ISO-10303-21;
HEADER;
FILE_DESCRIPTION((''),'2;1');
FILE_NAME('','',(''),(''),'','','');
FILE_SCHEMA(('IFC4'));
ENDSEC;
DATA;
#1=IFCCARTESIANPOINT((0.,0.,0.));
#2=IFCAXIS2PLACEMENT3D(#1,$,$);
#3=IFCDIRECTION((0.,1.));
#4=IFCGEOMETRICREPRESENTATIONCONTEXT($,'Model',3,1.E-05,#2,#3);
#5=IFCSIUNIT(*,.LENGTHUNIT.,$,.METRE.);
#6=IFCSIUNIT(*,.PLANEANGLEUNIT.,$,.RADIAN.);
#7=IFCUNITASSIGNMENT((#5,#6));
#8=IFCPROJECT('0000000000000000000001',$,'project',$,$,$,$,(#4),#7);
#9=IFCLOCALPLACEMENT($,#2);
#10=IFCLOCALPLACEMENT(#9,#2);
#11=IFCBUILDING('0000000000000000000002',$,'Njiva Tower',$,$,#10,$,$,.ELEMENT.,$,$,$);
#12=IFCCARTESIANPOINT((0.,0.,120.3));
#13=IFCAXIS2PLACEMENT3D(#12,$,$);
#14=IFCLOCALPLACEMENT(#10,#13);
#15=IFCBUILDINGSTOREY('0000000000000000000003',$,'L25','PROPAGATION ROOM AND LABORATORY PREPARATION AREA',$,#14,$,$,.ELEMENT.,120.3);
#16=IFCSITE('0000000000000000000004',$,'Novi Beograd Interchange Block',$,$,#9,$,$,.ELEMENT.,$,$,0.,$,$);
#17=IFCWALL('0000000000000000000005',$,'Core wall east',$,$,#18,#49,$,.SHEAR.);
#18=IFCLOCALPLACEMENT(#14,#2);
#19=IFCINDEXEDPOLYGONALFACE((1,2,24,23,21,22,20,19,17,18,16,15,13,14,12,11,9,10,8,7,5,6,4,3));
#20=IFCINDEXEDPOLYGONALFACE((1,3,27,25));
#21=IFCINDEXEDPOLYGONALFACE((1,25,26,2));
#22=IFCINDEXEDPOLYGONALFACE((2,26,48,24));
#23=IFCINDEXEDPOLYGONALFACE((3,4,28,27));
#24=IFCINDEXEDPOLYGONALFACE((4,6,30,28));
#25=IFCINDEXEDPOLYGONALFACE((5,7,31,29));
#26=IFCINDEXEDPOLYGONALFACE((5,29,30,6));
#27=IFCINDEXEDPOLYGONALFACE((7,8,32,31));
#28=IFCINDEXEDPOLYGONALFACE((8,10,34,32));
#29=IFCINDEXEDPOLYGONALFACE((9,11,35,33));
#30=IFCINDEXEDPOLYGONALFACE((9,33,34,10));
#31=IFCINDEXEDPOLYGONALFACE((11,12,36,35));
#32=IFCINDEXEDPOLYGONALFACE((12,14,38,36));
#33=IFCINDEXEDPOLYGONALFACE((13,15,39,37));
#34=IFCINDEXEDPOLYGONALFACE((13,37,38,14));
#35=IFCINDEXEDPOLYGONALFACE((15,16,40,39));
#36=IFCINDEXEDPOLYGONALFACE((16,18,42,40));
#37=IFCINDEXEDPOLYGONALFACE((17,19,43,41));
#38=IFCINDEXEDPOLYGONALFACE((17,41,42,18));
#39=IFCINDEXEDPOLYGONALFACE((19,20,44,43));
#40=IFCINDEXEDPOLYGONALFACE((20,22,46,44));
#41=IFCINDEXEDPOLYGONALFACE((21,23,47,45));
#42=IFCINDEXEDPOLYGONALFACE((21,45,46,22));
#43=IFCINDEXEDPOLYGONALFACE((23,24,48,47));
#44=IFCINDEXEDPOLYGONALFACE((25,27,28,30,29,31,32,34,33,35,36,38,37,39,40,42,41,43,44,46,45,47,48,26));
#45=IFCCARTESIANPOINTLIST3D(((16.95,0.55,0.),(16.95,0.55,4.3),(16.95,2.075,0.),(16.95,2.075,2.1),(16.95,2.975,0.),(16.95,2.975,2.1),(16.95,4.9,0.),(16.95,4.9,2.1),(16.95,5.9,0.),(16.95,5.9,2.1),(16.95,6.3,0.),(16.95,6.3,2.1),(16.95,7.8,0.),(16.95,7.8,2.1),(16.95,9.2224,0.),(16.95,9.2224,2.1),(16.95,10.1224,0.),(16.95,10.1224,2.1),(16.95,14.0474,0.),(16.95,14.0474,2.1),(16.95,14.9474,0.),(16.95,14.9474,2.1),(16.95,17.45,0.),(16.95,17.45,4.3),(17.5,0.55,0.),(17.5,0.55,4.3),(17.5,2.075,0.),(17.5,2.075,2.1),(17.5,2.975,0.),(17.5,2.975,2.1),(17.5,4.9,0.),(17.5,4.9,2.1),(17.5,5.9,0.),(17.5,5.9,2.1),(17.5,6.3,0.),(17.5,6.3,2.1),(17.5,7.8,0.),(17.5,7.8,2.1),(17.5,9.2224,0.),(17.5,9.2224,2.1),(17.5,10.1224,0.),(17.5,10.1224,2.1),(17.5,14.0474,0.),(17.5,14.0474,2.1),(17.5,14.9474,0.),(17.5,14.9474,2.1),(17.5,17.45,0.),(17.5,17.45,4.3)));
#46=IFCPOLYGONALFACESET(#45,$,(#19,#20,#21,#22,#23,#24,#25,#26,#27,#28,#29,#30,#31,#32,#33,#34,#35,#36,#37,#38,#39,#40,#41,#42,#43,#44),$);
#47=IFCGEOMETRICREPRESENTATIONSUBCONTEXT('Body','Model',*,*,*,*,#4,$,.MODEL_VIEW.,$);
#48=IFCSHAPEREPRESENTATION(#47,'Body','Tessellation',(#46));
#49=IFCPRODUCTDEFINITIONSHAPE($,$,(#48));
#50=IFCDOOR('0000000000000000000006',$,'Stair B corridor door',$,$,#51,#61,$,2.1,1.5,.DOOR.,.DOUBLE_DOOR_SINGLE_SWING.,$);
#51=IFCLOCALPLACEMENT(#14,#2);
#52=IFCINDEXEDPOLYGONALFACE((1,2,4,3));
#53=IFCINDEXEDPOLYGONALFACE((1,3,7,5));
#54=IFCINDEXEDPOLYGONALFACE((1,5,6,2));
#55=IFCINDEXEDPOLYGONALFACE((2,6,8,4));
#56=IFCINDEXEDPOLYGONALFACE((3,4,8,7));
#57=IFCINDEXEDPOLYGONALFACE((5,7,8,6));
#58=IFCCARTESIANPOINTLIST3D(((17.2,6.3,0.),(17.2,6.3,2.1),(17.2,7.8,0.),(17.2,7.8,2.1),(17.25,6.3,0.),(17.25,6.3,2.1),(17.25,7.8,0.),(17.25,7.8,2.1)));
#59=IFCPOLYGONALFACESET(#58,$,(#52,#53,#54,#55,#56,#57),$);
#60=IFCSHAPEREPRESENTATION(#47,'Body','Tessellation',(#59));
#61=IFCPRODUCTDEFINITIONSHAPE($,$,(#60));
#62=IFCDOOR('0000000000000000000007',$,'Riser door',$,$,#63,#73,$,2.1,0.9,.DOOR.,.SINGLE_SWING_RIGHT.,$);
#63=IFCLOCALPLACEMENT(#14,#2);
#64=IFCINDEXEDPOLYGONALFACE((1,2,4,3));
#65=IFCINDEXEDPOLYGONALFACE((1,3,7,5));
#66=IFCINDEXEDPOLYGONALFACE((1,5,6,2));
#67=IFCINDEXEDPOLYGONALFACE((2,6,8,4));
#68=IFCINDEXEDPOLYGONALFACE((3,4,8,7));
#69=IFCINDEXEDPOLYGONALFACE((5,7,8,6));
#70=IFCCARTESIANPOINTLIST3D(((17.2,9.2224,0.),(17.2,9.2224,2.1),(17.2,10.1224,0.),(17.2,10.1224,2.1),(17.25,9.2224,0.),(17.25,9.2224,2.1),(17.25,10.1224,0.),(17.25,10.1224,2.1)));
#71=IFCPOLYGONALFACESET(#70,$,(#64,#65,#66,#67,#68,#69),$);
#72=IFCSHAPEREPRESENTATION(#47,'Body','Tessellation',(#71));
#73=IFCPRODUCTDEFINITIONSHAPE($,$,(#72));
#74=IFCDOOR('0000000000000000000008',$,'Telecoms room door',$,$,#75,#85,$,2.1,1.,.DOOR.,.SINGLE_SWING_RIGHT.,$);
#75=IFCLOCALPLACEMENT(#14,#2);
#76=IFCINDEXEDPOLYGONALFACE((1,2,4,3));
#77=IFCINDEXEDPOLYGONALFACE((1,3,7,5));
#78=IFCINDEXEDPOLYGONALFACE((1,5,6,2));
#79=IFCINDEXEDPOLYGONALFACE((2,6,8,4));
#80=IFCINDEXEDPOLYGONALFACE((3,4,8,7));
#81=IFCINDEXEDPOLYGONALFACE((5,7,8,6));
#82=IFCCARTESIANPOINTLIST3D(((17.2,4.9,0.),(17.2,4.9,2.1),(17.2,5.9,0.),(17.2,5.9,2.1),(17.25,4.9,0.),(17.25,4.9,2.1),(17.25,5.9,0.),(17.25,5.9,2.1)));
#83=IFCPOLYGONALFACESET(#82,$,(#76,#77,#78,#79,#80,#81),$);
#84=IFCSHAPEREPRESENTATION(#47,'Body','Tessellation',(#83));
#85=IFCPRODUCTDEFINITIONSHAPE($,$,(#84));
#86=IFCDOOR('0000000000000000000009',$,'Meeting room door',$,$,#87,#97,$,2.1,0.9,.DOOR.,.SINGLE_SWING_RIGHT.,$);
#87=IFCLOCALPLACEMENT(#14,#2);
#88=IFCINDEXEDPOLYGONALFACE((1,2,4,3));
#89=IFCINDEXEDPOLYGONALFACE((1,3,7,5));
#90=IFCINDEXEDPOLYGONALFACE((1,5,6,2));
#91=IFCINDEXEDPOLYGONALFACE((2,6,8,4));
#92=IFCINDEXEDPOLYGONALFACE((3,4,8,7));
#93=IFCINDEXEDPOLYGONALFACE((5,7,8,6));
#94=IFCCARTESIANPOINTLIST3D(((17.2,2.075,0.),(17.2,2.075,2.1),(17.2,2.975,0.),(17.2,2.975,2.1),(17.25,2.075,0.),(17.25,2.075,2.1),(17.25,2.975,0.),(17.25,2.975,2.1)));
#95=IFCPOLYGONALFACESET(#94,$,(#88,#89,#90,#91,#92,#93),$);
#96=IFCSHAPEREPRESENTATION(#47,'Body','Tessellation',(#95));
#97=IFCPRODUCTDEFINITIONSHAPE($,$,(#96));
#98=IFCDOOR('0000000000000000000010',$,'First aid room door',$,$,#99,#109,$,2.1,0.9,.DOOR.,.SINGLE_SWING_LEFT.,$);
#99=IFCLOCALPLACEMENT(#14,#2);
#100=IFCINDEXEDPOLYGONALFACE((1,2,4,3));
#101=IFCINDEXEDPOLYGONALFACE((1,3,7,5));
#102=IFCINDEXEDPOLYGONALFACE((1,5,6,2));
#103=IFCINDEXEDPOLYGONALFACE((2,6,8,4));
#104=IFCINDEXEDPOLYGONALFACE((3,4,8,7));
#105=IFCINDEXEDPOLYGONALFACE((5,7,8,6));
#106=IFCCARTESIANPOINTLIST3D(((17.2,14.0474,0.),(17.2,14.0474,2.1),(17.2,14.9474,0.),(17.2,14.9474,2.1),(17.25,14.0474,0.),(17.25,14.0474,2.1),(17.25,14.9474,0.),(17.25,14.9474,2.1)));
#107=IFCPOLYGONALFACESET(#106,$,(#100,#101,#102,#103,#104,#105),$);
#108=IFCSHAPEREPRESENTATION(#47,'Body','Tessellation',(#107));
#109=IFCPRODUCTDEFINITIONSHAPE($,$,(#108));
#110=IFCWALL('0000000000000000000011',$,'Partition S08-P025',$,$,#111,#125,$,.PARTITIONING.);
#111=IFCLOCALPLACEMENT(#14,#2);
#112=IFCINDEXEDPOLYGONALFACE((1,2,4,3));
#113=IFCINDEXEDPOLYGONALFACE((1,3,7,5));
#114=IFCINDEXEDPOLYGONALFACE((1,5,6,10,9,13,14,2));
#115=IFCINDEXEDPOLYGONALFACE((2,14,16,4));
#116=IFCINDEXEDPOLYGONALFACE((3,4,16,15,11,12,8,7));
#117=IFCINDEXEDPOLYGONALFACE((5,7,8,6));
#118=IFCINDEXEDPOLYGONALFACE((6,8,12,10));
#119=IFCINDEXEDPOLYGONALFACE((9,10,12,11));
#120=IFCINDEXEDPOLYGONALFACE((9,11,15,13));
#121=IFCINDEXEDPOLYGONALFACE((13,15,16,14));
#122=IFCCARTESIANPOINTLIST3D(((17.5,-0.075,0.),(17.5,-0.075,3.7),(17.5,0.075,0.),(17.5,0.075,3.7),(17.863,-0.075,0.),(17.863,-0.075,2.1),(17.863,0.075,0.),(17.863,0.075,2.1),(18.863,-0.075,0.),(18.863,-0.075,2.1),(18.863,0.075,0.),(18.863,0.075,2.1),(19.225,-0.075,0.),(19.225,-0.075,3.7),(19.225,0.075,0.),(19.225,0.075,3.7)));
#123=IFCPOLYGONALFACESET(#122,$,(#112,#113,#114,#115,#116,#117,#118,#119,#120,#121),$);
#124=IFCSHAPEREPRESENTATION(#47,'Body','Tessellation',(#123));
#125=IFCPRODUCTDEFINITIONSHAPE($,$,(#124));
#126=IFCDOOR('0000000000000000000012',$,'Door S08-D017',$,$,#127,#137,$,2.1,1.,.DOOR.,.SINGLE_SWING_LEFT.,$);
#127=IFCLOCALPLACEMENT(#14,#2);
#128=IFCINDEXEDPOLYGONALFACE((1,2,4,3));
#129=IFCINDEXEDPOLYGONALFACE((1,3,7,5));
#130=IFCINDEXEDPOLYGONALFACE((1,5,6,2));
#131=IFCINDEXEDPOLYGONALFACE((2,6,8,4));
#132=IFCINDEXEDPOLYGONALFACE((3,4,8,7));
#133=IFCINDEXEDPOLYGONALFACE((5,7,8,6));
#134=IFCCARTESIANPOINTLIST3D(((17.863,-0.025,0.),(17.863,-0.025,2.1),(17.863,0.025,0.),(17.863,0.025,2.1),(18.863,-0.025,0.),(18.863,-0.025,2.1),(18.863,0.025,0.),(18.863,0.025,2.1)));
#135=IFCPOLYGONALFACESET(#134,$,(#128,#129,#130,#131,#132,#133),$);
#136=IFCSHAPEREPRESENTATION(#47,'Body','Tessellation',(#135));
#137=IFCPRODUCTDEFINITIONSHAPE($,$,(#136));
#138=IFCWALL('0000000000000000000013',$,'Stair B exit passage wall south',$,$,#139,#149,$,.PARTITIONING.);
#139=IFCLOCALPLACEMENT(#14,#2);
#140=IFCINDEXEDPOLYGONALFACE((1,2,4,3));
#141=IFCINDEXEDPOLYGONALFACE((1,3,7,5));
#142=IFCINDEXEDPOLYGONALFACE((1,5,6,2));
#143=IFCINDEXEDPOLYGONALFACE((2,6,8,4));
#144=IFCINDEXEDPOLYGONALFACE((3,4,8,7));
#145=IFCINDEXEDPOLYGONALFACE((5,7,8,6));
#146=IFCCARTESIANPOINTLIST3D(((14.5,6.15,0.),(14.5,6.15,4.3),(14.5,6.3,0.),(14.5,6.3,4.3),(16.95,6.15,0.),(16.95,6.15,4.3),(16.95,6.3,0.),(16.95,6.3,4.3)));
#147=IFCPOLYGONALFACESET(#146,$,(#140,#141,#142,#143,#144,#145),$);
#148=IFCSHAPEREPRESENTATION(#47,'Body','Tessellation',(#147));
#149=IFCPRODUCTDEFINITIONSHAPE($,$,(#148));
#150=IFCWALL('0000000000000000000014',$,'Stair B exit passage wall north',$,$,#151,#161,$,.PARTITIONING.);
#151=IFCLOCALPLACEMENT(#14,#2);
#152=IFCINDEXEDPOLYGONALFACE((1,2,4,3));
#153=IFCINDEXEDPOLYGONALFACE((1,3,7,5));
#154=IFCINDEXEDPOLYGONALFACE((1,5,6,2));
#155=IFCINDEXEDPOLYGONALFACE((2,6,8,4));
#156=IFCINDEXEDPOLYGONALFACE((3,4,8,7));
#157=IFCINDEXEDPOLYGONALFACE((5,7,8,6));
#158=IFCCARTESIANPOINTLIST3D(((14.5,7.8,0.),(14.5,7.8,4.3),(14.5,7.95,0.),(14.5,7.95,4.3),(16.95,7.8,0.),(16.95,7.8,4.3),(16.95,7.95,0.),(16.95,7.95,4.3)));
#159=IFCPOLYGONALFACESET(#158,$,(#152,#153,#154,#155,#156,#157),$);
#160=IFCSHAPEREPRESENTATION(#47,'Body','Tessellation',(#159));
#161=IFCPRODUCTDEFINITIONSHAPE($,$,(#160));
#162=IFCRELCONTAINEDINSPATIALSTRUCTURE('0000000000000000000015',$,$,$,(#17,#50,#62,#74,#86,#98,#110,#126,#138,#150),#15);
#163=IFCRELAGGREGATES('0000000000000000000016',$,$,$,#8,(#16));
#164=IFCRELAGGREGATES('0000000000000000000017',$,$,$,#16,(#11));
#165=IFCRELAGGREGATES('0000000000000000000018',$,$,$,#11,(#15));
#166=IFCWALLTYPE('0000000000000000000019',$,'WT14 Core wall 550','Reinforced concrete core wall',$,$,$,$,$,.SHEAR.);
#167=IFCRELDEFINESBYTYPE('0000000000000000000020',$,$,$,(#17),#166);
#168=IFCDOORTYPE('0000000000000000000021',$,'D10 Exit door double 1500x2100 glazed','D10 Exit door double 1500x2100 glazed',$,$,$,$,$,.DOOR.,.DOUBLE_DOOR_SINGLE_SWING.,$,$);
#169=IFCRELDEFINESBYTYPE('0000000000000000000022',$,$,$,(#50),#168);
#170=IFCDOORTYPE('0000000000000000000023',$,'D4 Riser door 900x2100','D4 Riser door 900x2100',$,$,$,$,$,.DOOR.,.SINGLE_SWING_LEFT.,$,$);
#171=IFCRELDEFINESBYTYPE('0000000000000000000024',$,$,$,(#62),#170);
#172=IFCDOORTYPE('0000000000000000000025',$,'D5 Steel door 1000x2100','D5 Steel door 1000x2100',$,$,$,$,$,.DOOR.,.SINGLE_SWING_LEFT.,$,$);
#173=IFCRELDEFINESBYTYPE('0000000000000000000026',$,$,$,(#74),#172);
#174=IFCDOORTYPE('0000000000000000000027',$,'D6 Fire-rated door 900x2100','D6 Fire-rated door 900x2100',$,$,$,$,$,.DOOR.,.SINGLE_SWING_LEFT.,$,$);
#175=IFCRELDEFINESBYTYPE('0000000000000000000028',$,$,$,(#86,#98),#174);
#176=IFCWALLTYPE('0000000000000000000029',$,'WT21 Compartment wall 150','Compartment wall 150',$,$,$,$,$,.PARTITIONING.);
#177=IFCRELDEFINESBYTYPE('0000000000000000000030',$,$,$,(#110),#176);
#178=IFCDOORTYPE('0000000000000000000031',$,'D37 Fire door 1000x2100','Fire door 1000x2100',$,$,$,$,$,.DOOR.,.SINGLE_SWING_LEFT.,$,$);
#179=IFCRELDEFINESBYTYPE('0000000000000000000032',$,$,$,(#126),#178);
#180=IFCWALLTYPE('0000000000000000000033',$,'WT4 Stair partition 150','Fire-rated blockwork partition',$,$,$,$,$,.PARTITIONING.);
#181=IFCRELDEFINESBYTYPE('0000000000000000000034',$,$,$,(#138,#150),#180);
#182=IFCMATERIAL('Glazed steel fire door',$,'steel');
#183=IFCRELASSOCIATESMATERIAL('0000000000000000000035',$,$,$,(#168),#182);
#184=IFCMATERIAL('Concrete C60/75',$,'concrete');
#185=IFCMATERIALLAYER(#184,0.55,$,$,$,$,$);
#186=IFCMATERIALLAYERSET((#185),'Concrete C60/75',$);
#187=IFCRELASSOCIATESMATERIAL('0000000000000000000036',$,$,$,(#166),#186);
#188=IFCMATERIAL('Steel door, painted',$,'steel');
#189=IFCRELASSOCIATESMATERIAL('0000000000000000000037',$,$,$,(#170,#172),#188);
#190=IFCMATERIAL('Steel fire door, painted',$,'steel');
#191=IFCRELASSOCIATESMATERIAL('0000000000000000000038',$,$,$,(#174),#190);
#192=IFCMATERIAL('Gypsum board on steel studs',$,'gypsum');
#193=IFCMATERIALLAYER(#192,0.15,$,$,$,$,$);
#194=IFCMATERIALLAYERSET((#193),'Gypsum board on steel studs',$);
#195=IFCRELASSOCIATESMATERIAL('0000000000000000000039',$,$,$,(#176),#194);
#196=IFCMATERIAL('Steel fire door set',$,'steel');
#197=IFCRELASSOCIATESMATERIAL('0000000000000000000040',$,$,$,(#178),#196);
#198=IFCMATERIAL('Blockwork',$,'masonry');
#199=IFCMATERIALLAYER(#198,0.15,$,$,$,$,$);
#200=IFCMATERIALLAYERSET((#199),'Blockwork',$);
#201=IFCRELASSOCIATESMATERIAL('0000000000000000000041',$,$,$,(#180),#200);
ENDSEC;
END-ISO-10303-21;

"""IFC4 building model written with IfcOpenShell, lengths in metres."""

from ifc_helpers import new_model, si_unit, direction, frame, frame_2d, origin, place, context, subcontext, project, spatial, rectangle, extrude, material, layer, layer_set, type_object, element, fill, save


model = new_model("IFC4")

# Units and contexts
model_context = context("Model", 3, precision=1e-05, world=origin(), true_north=direction((0.0, 1.0)))
body_context = subcontext(model_context, "Body", "Model", "MODEL_VIEW")
ifc_project = project(units=[si_unit("LENGTHUNIT", "METRE"), si_unit("PLANEANGLEUNIT", "RADIAN")], contexts=[model_context])

# Site, building, storey
site_placement = place(None, origin())
site = spatial("IfcSite", under=ifc_project, at=site_placement, Name="Novi Beograd Interchange Block", CompositionType="ELEMENT", RefElevation=0.0)
building_placement = place(site_placement, origin())
building = spatial("IfcBuilding", under=site, at=building_placement, Name="Njiva Tower", CompositionType="ELEMENT")
storey_placement = place(building_placement, frame((0.0, 0.0, 120.3)))
storey = spatial("IfcBuildingStorey", under=building, at=storey_placement, Name="L25", Description="PROPAGATION ROOM AND LABORATORY PREPARATION AREA", CompositionType="ELEMENT", Elevation=120.3)

# Shared definitions
ifc_material_1 = material(Name="Blockwork", Category="masonry")

# Shared definitions
ifc_material_2 = material(Name="Glazed steel fire door", Category="steel")
door_type_1 = type_object("IfcDoorType", Name="D10 Exit door double 1500x2100 glazed", Description="D10 Exit door double 1500x2100 glazed", OperationType="DOUBLE_DOOR_SINGLE_SWING", PredefinedType="DOOR", material=ifc_material_2)

# Wall, openings, doors
ifc_material_3 = material(Name="Concrete C60/75", Category="concrete")
ifc_layer_1 = layer(ifc_material_3, 0.55)
ifc_layer_set_1 = layer_set([ifc_layer_1], Name="Concrete C60/75")
wall_type_1 = type_object("IfcWallType", Name="WT14 Core wall 550", Description="Reinforced concrete core wall", PredefinedType="SHEAR", material=ifc_layer_set_1)
wall_1_placement = place(storey_placement, frame((17.225, 0.55, 0.0), z_axis=(0.0, 0.0, 1.0), x_axis=(0.0, 1.0, 0.0)))
wall_1 = element("IfcWall", 1, at=wall_1_placement, inside=storey, type_object=wall_type_1, Name="Core wall east", PredefinedType="SHEAR", context=body_context, shape_type="SweptSolid", body=[
    extrude(rectangle(XDim=16.9, YDim=0.55, at=frame_2d((8.45, 0.0))), origin(), (0.0, 0.0, 1.0), 4.3),
])
opening_1_placement = place(wall_1_placement, frame((5.75, 0.0, 0.0)))
opening_1 = element("IfcOpeningElement", 2, at=opening_1_placement, cuts=wall_1, PredefinedType="OPENING", context=body_context, shape_type="SweptSolid", body=[
    extrude(rectangle(XDim=1.5, YDim=2.1, at=frame_2d((0.75, 1.05))), frame((0.0, 0.285, 0.0), z_axis=(0.0, -1.0, 0.0), x_axis=(1.0, 0.0, 0.0)), (0.0, 0.0, 1.0), 0.57),
])
opening_2_placement = place(wall_1_placement, frame((1.525, 0.0, 0.0)))
opening_2 = element("IfcOpeningElement", 3, at=opening_2_placement, cuts=wall_1, PredefinedType="OPENING", context=body_context, shape_type="SweptSolid", body=[
    extrude(rectangle(XDim=0.9, YDim=2.1, at=frame_2d((0.45, 1.05))), frame((0.0, 0.285, 0.0), z_axis=(0.0, -1.0, 0.0), x_axis=(1.0, 0.0, 0.0)), (0.0, 0.0, 1.0), 0.57),
])
opening_3_placement = place(wall_1_placement, frame((4.35, 0.0, 0.0)))
opening_3 = element("IfcOpeningElement", 4, at=opening_3_placement, cuts=wall_1, PredefinedType="OPENING", context=body_context, shape_type="SweptSolid", body=[
    extrude(rectangle(XDim=1.0, YDim=2.1, at=frame_2d((0.5, 1.05))), frame((0.0, 0.285, 0.0), z_axis=(0.0, -1.0, 0.0), x_axis=(1.0, 0.0, 0.0)), (0.0, 0.0, 1.0), 0.57),
])
opening_4_placement = place(wall_1_placement, frame((8.6724, 0.0, 0.0)))
opening_4 = element("IfcOpeningElement", 5, at=opening_4_placement, cuts=wall_1, PredefinedType="OPENING", context=body_context, shape_type="SweptSolid", body=[
    extrude(rectangle(XDim=0.9, YDim=2.1, at=frame_2d((0.45, 1.05))), frame((0.0, 0.285, 0.0), z_axis=(0.0, -1.0, 0.0), x_axis=(1.0, 0.0, 0.0)), (0.0, 0.0, 1.0), 0.57),
])
opening_5_placement = place(wall_1_placement, frame((13.4974, 0.0, 0.0)))
opening_5 = element("IfcOpeningElement", 6, at=opening_5_placement, cuts=wall_1, PredefinedType="OPENING", context=body_context, shape_type="SweptSolid", body=[
    extrude(rectangle(XDim=0.9, YDim=2.1, at=frame_2d((0.45, 1.05))), frame((0.0, 0.285, 0.0), z_axis=(0.0, -1.0, 0.0), x_axis=(1.0, 0.0, 0.0)), (0.0, 0.0, 1.0), 0.57),
])
door_1_placement = place(opening_1_placement, origin())
door_1 = element("IfcDoor", 7, at=door_1_placement, inside=storey, type_object=door_type_1, Name="Stair B corridor door", OperationType="DOUBLE_DOOR_SINGLE_SWING", OverallHeight=2.1, OverallWidth=1.5, PredefinedType="DOOR", context=body_context, shape_type="SweptSolid", body=[
    extrude(rectangle(XDim=1.5, YDim=2.1, at=frame_2d((0.75, 1.05))), frame((0.0, 0.025, 0.0), z_axis=(0.0, -1.0, 0.0), x_axis=(1.0, 0.0, 0.0)), (0.0, 0.0, 1.0), 0.05),
])
fill(opening_1, door_1)
ifc_material_4 = material(Name="Steel door, painted", Category="steel")
door_type_2 = type_object("IfcDoorType", Name="D4 Riser door 900x2100", Description="D4 Riser door 900x2100", OperationType="SINGLE_SWING_LEFT", PredefinedType="DOOR", material=ifc_material_4)
door_2_placement = place(opening_4_placement, origin())
door_2 = element("IfcDoor", 8, at=door_2_placement, inside=storey, type_object=door_type_2, Name="Riser door", OperationType="SINGLE_SWING_RIGHT", OverallHeight=2.1, OverallWidth=0.9, PredefinedType="DOOR", context=body_context, shape_type="SweptSolid", body=[
    extrude(rectangle(XDim=0.9, YDim=2.1, at=frame_2d((0.45, 1.05))), frame((0.0, 0.025, 0.0), z_axis=(0.0, -1.0, 0.0), x_axis=(1.0, 0.0, 0.0)), (0.0, 0.0, 1.0), 0.05),
])
fill(opening_4, door_2)
door_type_3 = type_object("IfcDoorType", Name="D5 Steel door 1000x2100", Description="D5 Steel door 1000x2100", OperationType="SINGLE_SWING_LEFT", PredefinedType="DOOR", material=ifc_material_4)
door_3_placement = place(opening_3_placement, origin())
door_3 = element("IfcDoor", 9, at=door_3_placement, inside=storey, type_object=door_type_3, Name="Telecoms room door", OperationType="SINGLE_SWING_RIGHT", OverallHeight=2.1, OverallWidth=1.0, PredefinedType="DOOR", context=body_context, shape_type="SweptSolid", body=[
    extrude(rectangle(XDim=1.0, YDim=2.1, at=frame_2d((0.5, 1.05))), frame((0.0, 0.025, 0.0), z_axis=(0.0, -1.0, 0.0), x_axis=(1.0, 0.0, 0.0)), (0.0, 0.0, 1.0), 0.05),
])
fill(opening_3, door_3)
ifc_material_5 = material(Name="Steel fire door, painted", Category="steel")
door_type_4 = type_object("IfcDoorType", Name="D6 Fire-rated door 900x2100", Description="D6 Fire-rated door 900x2100", OperationType="SINGLE_SWING_LEFT", PredefinedType="DOOR", material=ifc_material_5)
door_4_placement = place(opening_2_placement, origin())
door_4 = element("IfcDoor", 10, at=door_4_placement, inside=storey, type_object=door_type_4, Name="Meeting room door", OperationType="SINGLE_SWING_RIGHT", OverallHeight=2.1, OverallWidth=0.9, PredefinedType="DOOR", context=body_context, shape_type="SweptSolid", body=[
    extrude(rectangle(XDim=0.9, YDim=2.1, at=frame_2d((0.45, 1.05))), frame((0.0, 0.025, 0.0), z_axis=(0.0, -1.0, 0.0), x_axis=(1.0, 0.0, 0.0)), (0.0, 0.0, 1.0), 0.05),
])
fill(opening_2, door_4)
door_5_placement = place(opening_5_placement, origin())
door_5 = element("IfcDoor", 11, at=door_5_placement, inside=storey, type_object=door_type_4, Name="First aid room door", OperationType="SINGLE_SWING_LEFT", OverallHeight=2.1, OverallWidth=0.9, PredefinedType="DOOR", context=body_context, shape_type="SweptSolid", body=[
    extrude(rectangle(XDim=0.9, YDim=2.1, at=frame_2d((0.45, 1.05))), frame((0.0, 0.025, 0.0), z_axis=(0.0, -1.0, 0.0), x_axis=(1.0, 0.0, 0.0)), (0.0, 0.0, 1.0), 0.05),
])
fill(opening_5, door_5)

# Wall, opening, door
ifc_material_6 = material(Name="Gypsum board on steel studs", Category="gypsum")
ifc_layer_2 = layer(ifc_material_6, 0.15)
ifc_layer_set_2 = layer_set([ifc_layer_2], Name="Gypsum board on steel studs")
wall_type_2 = type_object("IfcWallType", Name="WT21 Compartment wall 150", Description="Compartment wall 150", PredefinedType="PARTITIONING", material=ifc_layer_set_2)
wall_2_placement = place(storey_placement, frame((17.5, 0.0, 0.0), z_axis=(0.0, 0.0, 1.0), x_axis=(1.0, 0.0, 0.0)))
wall_2 = element("IfcWall", 12, at=wall_2_placement, inside=storey, type_object=wall_type_2, Name="Partition S08-P025", PredefinedType="PARTITIONING", context=body_context, shape_type="SweptSolid", body=[
    extrude(rectangle(XDim=1.725, YDim=0.15, at=frame_2d((0.8625, 0.0))), origin(), (0.0, 0.0, 1.0), 3.7),
])
opening_6_placement = place(wall_2_placement, frame((0.363, 0.0, 0.0)))
opening_6 = element("IfcOpeningElement", 13, at=opening_6_placement, cuts=wall_2, PredefinedType="OPENING", context=body_context, shape_type="SweptSolid", body=[
    extrude(rectangle(XDim=1.0, YDim=2.1, at=frame_2d((0.5, 1.05))), frame((0.0, 0.085, 0.0), z_axis=(0.0, -1.0, 0.0), x_axis=(1.0, 0.0, 0.0)), (0.0, 0.0, 1.0), 0.17),
])
ifc_material_7 = material(Name="Steel fire door set", Category="steel")
door_type_5 = type_object("IfcDoorType", Name="D37 Fire door 1000x2100", Description="Fire door 1000x2100", OperationType="SINGLE_SWING_LEFT", PredefinedType="DOOR", material=ifc_material_7)
door_6_placement = place(opening_6_placement, origin())
door_6 = element("IfcDoor", 14, at=door_6_placement, inside=storey, type_object=door_type_5, Name="Door S08-D017", OperationType="SINGLE_SWING_LEFT", OverallHeight=2.1, OverallWidth=1.0, PredefinedType="DOOR", context=body_context, shape_type="SweptSolid", body=[
    extrude(rectangle(XDim=1.0, YDim=2.1, at=frame_2d((0.5, 1.05))), frame((0.0, 0.025, 0.0), z_axis=(0.0, -1.0, 0.0), x_axis=(1.0, 0.0, 0.0)), (0.0, 0.0, 1.0), 0.05),
])
fill(opening_6, door_6)

# Walls
ifc_layer_3 = layer(ifc_material_1, 0.15)
ifc_layer_set_3 = layer_set([ifc_layer_3], Name="Blockwork")
wall_type_3 = type_object("IfcWallType", Name="WT4 Stair partition 150", Description="Fire-rated blockwork partition", PredefinedType="PARTITIONING", material=ifc_layer_set_3)
for number, where, z_axis, x_axis, name in (
    (15, (14.5, 6.225, 0.0), (0.0, 0.0, 1.0), (1.0, 0.0, 0.0), "Stair B exit passage wall south"),
    (16, (14.5, 7.875, 0.0), (0.0, 0.0, 1.0), (1.0, 0.0, 0.0), "Stair B exit passage wall north"),
):
    element("IfcWall", number, at=place(storey_placement, frame(where, z_axis=z_axis, x_axis=x_axis)), inside=storey, type_object=wall_type_3, Name=name, PredefinedType="PARTITIONING", context=body_context, shape_type="SweptSolid", body=[
        extrude(rectangle(XDim=2.45, YDim=0.15, at=frame_2d((1.225, 0.0))), origin(), (0.0, 0.0, 1.0), 4.3),
    ])

save(model, "model.ifc")
